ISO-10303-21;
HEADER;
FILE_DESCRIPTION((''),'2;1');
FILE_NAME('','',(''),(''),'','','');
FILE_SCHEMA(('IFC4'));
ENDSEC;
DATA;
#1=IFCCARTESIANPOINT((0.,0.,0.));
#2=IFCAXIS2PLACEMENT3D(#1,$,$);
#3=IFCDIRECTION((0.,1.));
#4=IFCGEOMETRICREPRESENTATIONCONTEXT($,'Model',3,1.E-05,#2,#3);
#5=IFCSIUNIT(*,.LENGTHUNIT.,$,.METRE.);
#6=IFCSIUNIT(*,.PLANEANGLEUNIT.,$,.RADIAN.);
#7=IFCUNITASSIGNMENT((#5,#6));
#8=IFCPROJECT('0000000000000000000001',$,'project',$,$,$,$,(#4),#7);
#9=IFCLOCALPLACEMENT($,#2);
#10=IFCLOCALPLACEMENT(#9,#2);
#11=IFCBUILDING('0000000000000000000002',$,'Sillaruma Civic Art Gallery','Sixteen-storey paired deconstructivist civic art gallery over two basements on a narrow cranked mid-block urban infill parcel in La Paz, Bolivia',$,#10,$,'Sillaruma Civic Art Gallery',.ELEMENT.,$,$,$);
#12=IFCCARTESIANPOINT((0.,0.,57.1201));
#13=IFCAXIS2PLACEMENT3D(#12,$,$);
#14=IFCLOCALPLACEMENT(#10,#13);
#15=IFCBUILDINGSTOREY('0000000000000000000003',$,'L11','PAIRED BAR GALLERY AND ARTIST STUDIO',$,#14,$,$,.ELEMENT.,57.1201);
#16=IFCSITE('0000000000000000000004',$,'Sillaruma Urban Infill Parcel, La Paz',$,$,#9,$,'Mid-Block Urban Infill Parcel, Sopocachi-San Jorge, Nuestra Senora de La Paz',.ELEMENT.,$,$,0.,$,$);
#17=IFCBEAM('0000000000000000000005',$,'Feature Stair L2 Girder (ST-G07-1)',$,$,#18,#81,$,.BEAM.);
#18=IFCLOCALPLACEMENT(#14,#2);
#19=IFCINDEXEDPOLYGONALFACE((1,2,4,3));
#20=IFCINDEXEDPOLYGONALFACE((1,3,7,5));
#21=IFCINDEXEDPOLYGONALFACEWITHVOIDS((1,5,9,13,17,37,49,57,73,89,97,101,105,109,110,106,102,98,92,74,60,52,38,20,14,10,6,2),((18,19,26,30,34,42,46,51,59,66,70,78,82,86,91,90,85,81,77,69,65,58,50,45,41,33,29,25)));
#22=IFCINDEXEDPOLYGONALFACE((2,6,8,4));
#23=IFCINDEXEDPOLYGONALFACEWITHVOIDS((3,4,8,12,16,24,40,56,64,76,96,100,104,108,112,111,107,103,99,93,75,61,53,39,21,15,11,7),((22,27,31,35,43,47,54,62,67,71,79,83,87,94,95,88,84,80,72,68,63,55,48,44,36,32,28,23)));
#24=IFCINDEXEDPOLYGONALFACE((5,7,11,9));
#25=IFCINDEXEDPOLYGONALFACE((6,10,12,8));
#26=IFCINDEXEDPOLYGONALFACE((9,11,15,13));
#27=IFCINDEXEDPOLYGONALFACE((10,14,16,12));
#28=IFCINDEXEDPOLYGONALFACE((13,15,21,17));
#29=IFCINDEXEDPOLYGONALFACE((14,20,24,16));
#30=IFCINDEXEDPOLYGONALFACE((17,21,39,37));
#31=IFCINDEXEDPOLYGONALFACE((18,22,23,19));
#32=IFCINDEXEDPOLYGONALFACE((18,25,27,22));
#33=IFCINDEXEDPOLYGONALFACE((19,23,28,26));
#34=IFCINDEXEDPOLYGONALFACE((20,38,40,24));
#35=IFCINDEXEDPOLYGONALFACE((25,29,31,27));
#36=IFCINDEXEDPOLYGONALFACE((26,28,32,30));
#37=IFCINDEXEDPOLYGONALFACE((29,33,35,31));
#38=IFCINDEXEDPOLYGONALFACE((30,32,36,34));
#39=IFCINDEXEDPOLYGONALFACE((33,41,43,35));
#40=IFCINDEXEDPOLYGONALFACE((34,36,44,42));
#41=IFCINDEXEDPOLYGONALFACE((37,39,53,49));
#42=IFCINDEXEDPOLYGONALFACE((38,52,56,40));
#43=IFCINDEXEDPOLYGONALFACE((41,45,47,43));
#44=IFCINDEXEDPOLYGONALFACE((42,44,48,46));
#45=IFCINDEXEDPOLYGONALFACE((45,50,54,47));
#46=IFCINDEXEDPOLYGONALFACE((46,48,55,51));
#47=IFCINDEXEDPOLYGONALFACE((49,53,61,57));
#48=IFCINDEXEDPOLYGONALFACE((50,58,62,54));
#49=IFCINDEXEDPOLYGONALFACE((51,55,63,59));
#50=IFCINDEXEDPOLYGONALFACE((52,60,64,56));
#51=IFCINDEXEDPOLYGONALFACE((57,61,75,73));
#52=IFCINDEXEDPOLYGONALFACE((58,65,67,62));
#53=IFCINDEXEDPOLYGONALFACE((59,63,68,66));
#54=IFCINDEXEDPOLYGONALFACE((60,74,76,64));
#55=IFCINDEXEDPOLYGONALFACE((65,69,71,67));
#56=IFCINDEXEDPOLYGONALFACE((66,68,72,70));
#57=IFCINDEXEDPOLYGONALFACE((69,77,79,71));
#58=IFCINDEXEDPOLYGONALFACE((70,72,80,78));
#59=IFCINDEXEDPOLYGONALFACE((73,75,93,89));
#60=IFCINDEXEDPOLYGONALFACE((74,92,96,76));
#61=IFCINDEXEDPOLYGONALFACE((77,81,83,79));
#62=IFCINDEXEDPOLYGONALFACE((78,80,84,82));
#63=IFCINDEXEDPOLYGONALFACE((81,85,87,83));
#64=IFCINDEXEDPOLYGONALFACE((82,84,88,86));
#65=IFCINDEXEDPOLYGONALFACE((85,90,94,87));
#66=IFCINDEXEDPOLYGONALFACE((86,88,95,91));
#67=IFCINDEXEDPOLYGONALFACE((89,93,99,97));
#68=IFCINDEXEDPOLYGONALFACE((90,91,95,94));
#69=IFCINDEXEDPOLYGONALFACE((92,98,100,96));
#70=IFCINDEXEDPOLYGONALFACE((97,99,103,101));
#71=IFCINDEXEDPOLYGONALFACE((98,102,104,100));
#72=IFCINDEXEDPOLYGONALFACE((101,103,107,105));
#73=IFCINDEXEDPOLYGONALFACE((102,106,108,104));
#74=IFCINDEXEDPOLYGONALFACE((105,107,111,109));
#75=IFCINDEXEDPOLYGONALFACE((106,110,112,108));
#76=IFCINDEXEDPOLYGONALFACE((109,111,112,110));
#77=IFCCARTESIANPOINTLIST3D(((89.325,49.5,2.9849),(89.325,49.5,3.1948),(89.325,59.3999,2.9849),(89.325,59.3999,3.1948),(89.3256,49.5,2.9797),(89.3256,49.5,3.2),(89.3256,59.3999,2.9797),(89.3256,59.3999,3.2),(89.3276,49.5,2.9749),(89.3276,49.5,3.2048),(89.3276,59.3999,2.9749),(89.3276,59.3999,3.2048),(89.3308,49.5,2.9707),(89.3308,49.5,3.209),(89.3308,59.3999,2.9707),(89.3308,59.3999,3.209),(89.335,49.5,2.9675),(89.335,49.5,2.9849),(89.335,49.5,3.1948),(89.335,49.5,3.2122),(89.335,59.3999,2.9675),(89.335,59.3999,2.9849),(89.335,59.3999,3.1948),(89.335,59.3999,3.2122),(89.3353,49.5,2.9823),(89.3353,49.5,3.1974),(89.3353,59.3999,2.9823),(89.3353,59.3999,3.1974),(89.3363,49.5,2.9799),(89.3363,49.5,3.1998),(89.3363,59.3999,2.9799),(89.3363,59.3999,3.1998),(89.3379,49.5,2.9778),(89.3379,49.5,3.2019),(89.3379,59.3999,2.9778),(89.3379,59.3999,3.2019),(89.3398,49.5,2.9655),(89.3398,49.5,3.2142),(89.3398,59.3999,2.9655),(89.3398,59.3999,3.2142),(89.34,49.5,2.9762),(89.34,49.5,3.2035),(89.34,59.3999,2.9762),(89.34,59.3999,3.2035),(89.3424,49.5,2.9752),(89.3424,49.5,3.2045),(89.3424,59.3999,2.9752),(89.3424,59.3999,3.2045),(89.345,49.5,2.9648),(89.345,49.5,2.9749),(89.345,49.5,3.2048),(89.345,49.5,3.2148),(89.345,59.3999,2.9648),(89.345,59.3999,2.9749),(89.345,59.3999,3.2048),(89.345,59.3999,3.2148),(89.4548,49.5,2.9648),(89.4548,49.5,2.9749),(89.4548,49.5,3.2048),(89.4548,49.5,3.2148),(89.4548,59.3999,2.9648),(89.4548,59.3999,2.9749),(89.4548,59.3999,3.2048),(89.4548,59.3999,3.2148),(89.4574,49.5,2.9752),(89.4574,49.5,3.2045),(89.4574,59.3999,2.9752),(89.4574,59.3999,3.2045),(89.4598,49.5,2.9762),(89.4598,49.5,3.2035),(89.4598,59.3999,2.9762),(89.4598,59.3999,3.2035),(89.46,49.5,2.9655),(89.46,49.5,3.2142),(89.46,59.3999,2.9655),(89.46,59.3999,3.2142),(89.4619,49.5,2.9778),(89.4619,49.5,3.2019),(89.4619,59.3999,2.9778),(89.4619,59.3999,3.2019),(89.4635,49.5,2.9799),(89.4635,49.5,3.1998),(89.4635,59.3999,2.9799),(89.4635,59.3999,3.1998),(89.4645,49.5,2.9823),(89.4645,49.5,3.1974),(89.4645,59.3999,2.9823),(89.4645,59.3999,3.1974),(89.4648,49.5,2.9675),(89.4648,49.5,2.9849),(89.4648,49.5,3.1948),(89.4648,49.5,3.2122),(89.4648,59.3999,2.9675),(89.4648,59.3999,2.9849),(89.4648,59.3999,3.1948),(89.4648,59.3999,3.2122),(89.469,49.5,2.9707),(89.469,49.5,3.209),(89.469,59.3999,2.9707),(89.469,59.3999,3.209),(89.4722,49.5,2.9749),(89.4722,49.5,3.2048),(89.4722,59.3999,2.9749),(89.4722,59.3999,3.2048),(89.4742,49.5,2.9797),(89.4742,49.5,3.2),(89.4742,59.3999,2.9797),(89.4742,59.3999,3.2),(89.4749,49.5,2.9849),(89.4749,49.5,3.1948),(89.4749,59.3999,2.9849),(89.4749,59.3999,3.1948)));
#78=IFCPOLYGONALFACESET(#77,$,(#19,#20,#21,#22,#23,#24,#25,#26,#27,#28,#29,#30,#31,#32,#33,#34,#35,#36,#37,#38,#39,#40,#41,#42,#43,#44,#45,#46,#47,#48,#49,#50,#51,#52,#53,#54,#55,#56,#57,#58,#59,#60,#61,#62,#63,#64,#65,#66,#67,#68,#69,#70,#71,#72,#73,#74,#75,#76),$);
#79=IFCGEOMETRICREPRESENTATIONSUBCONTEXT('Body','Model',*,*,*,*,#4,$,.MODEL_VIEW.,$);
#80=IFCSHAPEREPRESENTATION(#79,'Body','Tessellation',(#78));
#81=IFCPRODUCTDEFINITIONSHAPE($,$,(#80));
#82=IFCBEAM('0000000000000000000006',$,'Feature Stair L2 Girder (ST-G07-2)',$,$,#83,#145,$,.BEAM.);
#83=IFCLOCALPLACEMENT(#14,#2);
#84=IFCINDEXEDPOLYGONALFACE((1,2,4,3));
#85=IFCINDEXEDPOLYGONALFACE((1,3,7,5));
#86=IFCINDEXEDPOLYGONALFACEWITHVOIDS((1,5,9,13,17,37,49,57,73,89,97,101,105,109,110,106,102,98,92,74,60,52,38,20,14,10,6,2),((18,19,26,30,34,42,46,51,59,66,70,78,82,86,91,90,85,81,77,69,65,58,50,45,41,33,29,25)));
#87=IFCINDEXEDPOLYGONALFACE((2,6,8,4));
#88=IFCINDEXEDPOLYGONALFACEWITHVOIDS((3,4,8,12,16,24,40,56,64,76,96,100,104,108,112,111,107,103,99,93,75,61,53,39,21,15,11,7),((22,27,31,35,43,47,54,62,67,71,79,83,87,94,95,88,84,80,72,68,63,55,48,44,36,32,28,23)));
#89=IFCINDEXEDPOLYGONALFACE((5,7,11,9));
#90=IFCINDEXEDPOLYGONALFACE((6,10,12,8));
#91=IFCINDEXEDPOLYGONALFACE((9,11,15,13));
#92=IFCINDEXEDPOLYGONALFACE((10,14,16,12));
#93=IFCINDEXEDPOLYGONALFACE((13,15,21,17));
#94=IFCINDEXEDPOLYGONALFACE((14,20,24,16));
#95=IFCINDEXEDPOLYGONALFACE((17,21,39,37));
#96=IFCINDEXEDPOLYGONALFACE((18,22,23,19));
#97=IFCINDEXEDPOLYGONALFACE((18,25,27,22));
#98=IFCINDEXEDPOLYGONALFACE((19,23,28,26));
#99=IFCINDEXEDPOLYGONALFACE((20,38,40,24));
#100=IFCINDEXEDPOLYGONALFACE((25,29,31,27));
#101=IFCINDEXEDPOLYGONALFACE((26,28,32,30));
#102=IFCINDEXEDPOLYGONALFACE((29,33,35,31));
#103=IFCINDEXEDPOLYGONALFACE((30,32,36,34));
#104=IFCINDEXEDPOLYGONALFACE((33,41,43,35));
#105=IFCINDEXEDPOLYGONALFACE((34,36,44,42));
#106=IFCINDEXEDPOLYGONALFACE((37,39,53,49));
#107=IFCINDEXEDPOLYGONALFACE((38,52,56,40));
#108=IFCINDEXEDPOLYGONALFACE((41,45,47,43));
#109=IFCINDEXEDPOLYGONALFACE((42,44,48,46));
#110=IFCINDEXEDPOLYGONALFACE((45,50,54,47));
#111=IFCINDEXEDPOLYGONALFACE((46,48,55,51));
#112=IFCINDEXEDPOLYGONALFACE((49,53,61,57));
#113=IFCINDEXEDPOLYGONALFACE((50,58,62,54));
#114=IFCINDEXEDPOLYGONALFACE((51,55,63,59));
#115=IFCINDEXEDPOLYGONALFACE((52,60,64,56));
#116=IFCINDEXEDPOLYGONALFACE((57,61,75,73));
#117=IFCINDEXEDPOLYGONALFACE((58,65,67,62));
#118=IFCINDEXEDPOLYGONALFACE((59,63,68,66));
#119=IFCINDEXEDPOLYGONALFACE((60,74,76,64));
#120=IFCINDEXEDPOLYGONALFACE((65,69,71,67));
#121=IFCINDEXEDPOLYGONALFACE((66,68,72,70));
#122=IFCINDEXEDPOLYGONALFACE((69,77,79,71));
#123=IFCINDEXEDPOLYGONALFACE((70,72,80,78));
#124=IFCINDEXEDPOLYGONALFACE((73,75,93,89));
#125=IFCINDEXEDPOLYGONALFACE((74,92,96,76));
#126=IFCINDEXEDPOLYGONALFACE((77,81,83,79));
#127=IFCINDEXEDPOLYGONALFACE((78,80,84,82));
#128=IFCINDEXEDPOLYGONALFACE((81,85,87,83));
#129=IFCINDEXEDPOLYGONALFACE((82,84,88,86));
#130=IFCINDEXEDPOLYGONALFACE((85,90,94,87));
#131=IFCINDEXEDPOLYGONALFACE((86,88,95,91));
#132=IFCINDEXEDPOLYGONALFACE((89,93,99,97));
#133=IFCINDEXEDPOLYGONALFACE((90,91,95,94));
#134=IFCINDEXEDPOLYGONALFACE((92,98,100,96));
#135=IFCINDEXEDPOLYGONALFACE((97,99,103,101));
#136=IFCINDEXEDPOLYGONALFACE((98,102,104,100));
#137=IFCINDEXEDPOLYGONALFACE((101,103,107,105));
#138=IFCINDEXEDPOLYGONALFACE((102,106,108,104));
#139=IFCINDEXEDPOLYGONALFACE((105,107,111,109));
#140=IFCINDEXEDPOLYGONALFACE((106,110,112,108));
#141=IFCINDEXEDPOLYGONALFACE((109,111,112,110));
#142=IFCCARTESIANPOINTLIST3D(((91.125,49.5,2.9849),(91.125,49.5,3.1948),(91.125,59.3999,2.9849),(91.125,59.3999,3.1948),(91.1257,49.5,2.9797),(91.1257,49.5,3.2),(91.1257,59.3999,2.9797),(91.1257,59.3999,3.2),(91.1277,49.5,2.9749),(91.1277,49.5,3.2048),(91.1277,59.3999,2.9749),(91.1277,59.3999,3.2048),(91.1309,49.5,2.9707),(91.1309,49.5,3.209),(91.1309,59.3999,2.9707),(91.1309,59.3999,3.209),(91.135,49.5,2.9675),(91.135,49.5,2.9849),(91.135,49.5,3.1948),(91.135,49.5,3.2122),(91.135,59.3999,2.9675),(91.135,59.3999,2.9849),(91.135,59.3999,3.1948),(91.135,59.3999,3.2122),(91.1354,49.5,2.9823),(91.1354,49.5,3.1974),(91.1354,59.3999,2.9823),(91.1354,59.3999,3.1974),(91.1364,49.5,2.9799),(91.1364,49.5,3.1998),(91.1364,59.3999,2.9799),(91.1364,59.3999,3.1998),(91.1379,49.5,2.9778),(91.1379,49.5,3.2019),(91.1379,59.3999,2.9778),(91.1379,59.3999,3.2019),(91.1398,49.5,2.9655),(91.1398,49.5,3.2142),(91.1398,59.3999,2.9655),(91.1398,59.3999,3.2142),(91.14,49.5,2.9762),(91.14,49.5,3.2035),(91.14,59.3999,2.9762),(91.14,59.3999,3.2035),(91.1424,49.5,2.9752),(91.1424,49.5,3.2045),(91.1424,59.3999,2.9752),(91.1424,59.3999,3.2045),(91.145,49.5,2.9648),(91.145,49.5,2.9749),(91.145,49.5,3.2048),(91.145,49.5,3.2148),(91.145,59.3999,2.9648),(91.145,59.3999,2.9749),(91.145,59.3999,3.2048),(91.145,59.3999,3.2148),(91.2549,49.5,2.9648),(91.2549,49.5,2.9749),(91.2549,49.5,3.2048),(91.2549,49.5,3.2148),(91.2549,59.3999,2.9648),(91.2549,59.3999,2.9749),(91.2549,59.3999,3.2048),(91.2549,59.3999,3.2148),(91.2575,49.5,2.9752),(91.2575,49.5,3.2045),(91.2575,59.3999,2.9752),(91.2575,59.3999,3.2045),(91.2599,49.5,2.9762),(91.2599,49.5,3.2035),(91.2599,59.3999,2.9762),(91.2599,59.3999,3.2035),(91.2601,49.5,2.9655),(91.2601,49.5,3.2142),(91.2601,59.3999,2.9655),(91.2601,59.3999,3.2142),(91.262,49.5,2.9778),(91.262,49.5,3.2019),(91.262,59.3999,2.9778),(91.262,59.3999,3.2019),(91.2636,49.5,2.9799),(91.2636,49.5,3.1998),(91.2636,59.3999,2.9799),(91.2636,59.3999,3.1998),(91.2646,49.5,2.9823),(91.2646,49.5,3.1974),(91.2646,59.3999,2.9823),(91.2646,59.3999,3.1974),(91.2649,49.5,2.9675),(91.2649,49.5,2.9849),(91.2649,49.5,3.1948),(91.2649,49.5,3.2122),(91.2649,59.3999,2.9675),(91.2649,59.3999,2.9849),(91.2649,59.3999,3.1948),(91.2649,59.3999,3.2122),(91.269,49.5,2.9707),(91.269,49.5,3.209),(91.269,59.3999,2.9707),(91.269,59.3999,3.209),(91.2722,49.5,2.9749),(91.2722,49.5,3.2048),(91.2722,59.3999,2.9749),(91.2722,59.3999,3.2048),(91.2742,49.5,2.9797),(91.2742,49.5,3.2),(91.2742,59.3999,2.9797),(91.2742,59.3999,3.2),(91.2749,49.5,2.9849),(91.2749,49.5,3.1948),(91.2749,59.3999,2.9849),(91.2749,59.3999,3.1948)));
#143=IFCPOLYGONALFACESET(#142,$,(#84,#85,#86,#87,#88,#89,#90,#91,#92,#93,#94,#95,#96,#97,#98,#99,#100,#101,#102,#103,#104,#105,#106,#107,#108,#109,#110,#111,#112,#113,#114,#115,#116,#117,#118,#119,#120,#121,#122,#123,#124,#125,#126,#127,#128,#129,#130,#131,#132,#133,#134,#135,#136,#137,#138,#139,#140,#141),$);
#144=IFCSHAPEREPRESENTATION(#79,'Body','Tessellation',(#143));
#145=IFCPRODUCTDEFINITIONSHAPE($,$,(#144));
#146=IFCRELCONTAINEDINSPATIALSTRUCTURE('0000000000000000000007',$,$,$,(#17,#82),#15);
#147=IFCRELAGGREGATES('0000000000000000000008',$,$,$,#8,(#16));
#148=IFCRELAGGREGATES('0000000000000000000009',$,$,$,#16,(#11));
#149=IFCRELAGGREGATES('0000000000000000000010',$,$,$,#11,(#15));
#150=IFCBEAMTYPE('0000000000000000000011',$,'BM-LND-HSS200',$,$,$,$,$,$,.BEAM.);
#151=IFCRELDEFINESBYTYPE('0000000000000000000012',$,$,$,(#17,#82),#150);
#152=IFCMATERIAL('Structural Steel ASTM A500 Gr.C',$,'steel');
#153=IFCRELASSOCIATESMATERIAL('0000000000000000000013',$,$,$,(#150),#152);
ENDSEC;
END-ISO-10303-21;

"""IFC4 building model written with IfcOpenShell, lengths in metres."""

from ifc_helpers import new_model, si_unit, direction, frame, origin, origin_2d, place, context, subcontext, project, spatial, hollow_rectangle, extrude, material, material_profile, profile_set, type_object, element, save


model = new_model("IFC4")

# Units and contexts
model_context = context("Model", 3, precision=1e-05, world=origin(), true_north=direction((0.0, 1.0)))
body_context = subcontext(model_context, "Body", "Model", "MODEL_VIEW")
ifc_project = project(units=[si_unit("LENGTHUNIT", "METRE"), si_unit("PLANEANGLEUNIT", "RADIAN")], contexts=[model_context])

# Site, building, storey
site_placement = place(None, origin())
site = spatial("IfcSite", under=ifc_project, at=site_placement, Name="Sillaruma Urban Infill Parcel, La Paz", LongName="Mid-Block Urban Infill Parcel, Sopocachi-San Jorge, Nuestra Senora de La Paz", CompositionType="ELEMENT", RefElevation=0.0)
building_placement = place(site_placement, origin())
building = spatial("IfcBuilding", under=site, at=building_placement, Name="Sillaruma Civic Art Gallery", Description="Sixteen-storey paired deconstructivist civic art gallery over two basements on a narrow cranked mid-block urban infill parcel in La Paz, Bolivia", LongName="Sillaruma Civic Art Gallery", CompositionType="ELEMENT")
storey_placement = place(building_placement, frame((0.0, 0.0, 57.1201)))
storey = spatial("IfcBuildingStorey", under=building, at=storey_placement, Name="L11", Description="PAIRED BAR GALLERY AND ARTIST STUDIO", CompositionType="ELEMENT", Elevation=57.1201)

# Beams
ifc_material_1 = material(Name="Structural Steel ASTM A500 Gr.C", Category="steel")
ifc_material_profile_1 = material_profile(ifc_material_1, hollow_rectangle(XDim=0.1499, YDim=0.25, WallThickness=0.01, InnerFilletRadius=0.01, OuterFilletRadius=0.02, at=origin_2d()), Name="HSS250x150x10")
ifc_profile_set_1 = profile_set([ifc_material_profile_1], Name="Structural Steel ASTM A500 Gr.C")
beam_type_1 = type_object("IfcBeamType", Name="BM-LND-HSS200", PredefinedType="BEAM", material=ifc_profile_set_1)
for number, where, z_axis, x_axis, name in (
    (1, (89.3999, 49.5, 3.0898), (0.0, 1.0, 0.0), (-1.0, 0.0, 0.0), "Feature Stair L2 Girder (ST-G07-1)"),
    (2, (91.2, 49.5, 3.0898), (0.0, 1.0, 0.0), (-1.0, 0.0, 0.0), "Feature Stair L2 Girder (ST-G07-2)"),
):
    element("IfcBeam", number, at=place(storey_placement, frame(where, z_axis=z_axis, x_axis=x_axis)), inside=storey, type_object=beam_type_1, Name=name, PredefinedType="BEAM", context=body_context, shape_type="SweptSolid", body=[
        extrude(hollow_rectangle(XDim=0.1499, YDim=0.25, WallThickness=0.01, InnerFilletRadius=0.01, OuterFilletRadius=0.02, at=origin_2d()), origin(), (0.0, 0.0, 1.0), 9.8999),
    ])

save(model, "model.ifc")
